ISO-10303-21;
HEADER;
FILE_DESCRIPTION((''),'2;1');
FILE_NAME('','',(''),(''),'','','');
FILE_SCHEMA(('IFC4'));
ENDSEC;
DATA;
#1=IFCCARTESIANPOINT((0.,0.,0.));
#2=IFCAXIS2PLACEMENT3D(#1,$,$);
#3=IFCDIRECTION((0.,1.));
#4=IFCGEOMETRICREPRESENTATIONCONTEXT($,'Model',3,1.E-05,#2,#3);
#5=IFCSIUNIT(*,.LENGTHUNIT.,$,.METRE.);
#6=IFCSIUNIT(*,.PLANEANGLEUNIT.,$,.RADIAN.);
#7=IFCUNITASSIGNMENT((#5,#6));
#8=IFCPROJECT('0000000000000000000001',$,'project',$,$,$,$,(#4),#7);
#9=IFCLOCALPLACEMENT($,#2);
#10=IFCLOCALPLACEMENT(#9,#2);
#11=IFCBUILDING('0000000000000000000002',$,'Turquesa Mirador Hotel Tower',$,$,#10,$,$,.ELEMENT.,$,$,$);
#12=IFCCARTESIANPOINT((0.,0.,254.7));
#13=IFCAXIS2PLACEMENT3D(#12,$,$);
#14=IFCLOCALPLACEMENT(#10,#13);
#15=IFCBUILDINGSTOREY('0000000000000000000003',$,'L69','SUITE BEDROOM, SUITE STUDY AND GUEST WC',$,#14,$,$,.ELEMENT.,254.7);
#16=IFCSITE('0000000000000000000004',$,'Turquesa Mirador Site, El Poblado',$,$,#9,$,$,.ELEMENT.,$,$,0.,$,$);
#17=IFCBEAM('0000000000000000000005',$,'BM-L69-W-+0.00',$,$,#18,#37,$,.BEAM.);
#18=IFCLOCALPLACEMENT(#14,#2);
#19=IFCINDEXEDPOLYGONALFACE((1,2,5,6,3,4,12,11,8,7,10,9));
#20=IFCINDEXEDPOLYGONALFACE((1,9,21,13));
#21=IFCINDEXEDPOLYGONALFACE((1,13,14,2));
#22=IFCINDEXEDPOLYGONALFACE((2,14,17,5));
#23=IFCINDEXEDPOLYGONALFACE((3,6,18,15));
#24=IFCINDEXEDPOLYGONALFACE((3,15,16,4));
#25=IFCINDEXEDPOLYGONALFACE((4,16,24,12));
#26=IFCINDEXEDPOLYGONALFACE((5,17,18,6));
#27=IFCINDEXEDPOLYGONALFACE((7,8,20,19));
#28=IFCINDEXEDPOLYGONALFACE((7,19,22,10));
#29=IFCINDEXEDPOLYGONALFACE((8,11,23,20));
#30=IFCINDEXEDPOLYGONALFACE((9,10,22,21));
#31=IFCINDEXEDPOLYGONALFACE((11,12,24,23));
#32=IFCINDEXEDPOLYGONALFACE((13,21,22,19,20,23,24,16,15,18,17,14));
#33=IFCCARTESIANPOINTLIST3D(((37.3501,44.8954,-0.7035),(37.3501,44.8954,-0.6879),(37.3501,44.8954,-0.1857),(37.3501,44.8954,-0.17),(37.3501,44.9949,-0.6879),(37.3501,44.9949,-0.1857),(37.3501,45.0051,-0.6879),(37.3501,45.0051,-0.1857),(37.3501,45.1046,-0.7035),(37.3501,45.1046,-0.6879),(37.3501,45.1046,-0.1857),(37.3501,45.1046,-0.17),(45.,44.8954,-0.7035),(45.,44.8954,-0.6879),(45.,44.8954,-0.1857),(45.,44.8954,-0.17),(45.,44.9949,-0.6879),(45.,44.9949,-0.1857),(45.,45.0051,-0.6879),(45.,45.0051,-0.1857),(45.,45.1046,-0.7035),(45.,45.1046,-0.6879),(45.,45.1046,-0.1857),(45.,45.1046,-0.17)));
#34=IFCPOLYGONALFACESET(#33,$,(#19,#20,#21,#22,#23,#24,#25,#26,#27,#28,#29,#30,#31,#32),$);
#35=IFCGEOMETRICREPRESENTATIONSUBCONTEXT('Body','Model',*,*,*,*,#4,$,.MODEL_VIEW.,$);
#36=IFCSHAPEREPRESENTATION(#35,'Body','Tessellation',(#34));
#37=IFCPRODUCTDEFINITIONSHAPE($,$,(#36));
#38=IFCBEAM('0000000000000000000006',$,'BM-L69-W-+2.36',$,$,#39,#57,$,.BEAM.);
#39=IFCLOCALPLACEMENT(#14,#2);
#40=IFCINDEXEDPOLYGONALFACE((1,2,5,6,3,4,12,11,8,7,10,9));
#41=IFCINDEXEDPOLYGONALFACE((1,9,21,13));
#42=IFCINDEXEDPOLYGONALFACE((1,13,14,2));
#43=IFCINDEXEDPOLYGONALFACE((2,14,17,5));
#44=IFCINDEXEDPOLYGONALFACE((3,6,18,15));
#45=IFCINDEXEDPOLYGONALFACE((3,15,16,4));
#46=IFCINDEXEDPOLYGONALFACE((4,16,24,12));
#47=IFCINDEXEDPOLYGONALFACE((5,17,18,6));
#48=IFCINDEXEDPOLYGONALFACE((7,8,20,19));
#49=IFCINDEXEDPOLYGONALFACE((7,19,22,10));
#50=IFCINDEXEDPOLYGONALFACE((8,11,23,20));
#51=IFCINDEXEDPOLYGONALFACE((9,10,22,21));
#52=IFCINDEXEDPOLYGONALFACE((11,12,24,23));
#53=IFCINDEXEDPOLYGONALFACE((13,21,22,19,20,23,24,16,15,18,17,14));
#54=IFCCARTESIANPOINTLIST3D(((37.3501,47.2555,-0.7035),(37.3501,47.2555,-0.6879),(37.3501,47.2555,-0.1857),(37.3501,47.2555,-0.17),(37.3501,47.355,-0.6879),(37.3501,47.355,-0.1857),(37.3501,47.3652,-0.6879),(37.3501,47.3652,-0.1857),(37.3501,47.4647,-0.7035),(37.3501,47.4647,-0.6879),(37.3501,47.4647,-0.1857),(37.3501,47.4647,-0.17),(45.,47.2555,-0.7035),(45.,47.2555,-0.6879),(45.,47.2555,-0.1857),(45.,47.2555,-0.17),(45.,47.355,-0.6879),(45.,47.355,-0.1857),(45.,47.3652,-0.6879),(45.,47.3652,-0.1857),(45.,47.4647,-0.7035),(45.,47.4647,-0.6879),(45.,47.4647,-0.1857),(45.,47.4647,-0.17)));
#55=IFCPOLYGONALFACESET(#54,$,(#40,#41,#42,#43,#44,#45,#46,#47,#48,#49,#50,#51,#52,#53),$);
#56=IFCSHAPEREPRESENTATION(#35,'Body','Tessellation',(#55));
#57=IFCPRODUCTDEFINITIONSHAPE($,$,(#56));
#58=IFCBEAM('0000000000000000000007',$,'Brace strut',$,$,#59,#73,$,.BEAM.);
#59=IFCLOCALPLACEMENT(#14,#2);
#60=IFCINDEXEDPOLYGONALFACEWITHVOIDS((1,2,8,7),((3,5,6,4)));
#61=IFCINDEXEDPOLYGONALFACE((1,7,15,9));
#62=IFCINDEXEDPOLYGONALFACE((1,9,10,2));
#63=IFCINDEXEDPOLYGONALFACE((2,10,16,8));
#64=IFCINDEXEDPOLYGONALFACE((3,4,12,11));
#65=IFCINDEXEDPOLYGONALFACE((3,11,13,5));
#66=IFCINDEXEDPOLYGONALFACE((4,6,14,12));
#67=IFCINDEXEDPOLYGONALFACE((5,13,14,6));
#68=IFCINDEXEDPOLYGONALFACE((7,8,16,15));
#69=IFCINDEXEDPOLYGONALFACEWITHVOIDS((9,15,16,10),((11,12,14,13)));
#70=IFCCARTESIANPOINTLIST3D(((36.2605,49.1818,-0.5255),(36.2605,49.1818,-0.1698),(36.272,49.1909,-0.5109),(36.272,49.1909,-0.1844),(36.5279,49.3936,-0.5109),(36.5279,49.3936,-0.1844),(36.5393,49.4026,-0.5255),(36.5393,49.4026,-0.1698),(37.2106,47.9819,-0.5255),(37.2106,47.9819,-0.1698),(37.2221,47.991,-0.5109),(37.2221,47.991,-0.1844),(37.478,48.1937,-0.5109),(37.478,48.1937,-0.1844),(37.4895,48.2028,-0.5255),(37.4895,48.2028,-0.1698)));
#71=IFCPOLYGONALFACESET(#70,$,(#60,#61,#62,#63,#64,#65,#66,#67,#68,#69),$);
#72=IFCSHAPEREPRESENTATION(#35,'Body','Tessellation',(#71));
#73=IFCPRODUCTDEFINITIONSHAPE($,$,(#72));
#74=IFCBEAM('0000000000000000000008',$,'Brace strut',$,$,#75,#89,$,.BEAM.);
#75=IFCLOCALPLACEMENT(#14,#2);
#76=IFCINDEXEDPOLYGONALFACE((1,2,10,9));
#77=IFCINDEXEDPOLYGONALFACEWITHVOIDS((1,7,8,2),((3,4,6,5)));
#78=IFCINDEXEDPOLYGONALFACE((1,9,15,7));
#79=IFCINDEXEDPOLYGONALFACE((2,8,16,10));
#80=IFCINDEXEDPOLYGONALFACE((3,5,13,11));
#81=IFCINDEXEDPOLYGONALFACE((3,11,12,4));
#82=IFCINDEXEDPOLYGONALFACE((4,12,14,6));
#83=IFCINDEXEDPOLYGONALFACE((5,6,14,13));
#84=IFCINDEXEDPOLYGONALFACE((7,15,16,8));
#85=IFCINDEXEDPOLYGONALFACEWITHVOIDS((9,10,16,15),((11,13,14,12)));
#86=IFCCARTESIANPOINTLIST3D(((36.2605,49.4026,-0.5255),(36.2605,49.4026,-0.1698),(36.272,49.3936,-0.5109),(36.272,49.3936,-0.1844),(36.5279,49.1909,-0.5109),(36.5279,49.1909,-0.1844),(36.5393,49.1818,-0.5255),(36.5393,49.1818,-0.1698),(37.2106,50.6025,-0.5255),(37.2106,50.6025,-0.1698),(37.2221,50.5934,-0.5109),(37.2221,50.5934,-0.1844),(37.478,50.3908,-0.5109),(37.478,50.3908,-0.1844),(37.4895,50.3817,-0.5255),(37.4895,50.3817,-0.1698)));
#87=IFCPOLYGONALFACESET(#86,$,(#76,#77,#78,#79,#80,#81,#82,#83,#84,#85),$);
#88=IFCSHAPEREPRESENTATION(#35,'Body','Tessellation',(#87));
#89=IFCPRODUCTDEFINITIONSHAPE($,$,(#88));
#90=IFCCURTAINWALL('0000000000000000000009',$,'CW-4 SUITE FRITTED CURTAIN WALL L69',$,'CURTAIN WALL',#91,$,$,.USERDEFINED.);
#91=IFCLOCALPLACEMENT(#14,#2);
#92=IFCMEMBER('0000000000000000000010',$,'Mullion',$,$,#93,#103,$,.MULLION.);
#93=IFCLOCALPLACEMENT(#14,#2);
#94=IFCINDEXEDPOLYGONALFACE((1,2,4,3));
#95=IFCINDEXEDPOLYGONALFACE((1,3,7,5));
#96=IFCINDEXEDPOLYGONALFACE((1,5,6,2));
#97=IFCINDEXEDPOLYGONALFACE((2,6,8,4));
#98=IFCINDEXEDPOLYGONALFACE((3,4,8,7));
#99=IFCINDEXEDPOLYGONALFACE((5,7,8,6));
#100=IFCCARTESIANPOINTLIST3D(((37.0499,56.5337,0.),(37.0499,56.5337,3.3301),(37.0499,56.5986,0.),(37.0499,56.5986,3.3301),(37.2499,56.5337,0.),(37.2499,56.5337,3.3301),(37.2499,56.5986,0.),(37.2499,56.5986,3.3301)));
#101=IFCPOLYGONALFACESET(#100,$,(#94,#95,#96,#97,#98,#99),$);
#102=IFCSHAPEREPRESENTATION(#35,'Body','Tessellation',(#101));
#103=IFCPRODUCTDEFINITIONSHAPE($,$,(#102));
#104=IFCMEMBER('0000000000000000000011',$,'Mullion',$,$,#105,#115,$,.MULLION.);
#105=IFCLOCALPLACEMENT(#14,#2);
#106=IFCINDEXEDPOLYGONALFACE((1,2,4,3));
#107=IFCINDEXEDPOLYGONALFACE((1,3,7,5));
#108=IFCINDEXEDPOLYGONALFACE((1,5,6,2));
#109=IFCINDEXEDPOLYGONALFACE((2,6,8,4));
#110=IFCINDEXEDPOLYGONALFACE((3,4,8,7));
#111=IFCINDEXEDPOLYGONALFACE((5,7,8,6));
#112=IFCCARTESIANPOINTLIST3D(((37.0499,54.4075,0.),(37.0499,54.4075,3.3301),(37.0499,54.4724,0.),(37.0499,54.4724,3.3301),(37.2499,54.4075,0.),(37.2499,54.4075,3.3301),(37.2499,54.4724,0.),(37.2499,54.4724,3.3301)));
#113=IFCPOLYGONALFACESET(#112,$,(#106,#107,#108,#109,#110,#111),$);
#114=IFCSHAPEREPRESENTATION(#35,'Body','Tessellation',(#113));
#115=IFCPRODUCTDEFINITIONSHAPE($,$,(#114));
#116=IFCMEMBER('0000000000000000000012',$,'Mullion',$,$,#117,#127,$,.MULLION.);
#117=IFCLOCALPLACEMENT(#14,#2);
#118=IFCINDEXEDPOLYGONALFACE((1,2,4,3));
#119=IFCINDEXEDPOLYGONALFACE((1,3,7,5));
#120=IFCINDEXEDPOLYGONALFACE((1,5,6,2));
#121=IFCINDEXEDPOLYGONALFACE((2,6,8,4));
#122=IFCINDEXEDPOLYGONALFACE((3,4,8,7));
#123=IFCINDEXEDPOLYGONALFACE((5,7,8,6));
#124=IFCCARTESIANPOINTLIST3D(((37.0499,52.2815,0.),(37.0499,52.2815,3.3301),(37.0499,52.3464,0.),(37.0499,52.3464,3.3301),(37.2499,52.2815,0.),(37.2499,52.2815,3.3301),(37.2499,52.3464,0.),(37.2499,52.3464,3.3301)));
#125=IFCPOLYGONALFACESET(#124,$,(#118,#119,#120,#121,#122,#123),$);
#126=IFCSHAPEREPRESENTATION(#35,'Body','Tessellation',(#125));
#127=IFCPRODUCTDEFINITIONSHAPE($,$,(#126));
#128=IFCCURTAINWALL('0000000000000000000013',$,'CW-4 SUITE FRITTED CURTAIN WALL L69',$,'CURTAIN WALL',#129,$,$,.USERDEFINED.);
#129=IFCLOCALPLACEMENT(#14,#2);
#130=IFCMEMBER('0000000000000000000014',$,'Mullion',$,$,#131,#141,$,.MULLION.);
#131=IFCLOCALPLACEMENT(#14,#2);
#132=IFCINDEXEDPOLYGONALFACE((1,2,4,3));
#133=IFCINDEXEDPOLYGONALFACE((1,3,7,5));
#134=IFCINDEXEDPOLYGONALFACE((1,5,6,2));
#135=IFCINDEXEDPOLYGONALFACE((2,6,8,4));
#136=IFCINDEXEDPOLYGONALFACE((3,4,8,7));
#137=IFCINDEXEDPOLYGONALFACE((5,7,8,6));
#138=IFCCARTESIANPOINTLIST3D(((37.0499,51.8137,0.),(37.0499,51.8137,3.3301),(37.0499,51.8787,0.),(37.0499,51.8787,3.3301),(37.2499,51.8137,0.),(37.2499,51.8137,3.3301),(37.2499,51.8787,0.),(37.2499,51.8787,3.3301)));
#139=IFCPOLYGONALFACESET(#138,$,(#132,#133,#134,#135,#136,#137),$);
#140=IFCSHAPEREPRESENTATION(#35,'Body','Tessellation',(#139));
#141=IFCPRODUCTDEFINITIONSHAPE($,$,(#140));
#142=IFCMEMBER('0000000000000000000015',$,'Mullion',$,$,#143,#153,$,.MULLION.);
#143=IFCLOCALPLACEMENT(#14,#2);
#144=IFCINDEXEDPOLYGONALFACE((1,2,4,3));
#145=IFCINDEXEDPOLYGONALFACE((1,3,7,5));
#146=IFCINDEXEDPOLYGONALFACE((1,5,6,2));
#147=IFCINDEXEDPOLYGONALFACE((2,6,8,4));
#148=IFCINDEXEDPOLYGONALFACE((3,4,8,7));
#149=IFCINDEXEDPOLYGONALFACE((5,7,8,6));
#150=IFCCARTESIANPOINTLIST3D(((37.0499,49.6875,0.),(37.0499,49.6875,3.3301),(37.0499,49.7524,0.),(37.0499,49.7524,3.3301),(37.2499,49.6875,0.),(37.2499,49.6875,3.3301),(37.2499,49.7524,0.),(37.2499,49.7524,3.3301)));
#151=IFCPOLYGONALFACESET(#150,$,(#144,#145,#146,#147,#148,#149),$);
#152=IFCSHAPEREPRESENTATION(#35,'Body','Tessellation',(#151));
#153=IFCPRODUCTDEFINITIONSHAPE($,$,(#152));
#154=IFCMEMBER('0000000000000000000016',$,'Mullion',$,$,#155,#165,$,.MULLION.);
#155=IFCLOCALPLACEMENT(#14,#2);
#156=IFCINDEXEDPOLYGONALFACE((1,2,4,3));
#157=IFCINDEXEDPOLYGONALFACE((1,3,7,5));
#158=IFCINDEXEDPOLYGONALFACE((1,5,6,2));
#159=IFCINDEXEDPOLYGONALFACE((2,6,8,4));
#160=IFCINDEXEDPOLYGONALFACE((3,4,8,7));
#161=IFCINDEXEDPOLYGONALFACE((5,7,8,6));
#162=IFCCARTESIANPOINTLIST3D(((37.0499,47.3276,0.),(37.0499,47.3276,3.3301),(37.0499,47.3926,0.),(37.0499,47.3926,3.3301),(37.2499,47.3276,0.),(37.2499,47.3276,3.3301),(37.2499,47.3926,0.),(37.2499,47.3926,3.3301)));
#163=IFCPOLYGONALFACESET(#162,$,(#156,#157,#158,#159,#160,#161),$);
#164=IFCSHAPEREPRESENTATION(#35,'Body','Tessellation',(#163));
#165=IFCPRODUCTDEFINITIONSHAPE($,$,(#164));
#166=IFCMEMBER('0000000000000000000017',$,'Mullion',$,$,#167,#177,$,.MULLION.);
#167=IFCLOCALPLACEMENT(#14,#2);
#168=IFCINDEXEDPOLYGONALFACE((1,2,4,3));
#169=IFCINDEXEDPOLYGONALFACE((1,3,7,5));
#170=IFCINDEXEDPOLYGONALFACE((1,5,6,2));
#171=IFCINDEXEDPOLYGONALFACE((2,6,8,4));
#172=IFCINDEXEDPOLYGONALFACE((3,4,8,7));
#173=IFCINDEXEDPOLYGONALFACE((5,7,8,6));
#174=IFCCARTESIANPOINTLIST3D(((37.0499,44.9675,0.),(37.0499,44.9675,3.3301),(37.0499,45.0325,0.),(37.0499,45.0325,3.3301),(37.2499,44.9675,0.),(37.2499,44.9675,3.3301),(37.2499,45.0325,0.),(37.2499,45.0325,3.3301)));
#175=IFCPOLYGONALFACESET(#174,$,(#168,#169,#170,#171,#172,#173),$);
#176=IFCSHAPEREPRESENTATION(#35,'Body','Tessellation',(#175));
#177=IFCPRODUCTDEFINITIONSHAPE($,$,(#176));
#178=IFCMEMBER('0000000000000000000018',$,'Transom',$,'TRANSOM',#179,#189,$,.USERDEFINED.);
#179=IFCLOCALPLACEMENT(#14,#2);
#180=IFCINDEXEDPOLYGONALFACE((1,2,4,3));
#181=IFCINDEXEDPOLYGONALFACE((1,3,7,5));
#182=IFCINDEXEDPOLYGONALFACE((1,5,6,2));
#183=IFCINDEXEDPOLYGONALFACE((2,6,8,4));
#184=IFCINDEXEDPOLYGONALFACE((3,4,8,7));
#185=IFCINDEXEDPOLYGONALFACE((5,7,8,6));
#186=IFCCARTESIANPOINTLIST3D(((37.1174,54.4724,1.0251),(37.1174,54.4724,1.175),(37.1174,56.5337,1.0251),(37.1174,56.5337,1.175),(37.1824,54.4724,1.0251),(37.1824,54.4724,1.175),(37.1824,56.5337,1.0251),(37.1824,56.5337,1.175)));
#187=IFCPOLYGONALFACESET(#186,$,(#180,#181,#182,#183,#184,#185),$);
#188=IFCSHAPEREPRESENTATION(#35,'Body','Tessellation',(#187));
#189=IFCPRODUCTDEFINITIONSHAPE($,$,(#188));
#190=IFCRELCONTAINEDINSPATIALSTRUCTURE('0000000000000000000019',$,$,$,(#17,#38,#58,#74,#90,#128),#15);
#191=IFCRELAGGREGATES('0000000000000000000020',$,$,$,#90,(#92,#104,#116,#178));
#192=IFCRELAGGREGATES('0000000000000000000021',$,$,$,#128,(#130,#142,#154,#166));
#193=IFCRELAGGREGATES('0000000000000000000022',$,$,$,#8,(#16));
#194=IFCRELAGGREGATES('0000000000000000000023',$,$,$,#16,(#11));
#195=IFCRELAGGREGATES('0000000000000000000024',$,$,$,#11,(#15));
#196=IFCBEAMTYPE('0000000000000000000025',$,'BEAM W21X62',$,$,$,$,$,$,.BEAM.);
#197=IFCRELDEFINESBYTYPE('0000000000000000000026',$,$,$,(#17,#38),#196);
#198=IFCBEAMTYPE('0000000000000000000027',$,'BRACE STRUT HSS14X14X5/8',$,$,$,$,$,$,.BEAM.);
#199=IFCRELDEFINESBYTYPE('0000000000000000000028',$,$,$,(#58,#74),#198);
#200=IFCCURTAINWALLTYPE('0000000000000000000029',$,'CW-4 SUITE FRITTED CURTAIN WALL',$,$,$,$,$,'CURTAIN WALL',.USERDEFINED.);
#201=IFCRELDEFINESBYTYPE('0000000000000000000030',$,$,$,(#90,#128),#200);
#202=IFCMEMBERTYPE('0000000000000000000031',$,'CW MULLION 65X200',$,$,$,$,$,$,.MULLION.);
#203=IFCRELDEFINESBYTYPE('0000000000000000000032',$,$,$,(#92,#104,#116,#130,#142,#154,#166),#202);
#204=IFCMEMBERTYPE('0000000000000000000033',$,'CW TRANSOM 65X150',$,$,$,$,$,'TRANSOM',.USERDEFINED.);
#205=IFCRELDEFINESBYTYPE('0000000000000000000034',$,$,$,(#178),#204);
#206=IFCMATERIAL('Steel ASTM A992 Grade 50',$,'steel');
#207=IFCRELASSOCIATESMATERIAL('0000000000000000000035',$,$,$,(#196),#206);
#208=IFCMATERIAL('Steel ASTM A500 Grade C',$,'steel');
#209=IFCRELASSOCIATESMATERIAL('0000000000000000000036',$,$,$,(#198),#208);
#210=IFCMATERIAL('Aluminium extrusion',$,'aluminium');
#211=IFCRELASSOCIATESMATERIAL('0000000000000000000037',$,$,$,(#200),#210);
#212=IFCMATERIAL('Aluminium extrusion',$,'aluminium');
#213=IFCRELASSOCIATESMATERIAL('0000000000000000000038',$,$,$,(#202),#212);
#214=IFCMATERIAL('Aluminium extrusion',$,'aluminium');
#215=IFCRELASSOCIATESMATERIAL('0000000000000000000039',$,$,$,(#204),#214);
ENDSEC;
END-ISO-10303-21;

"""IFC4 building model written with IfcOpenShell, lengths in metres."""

from ifc_helpers import new_model, si_unit, direction, frame, origin, origin_2d, place, context, subcontext, project, spatial, rectangle, hollow_rectangle, i_section, extrude, material, material_profile, profile_set, type_object, element, aggregate, save


model = new_model("IFC4")

# Units and contexts
model_context = context("Model", 3, precision=1e-05, world=origin(), true_north=direction((0.0, 1.0)))
body_context = subcontext(model_context, "Body", "Model", "MODEL_VIEW")
ifc_project = project(units=[si_unit("LENGTHUNIT", "METRE"), si_unit("PLANEANGLEUNIT", "RADIAN")], contexts=[model_context])

# Site, building, storey
site_placement = place(None, origin())
site = spatial("IfcSite", under=ifc_project, at=site_placement, Name="Turquesa Mirador Site, El Poblado", CompositionType="ELEMENT", RefElevation=0.0)
building_placement = place(site_placement, origin())
building = spatial("IfcBuilding", under=site, at=building_placement, Name="Turquesa Mirador Hotel Tower", CompositionType="ELEMENT")
storey_placement = place(building_placement, frame((0.0, 0.0, 254.7)))
storey = spatial("IfcBuildingStorey", under=building, at=storey_placement, Name="L69", Description="SUITE BEDROOM, SUITE STUDY AND GUEST WC", CompositionType="ELEMENT", Elevation=254.7)

# Beams
ifc_material_1 = material(Name="Steel ASTM A992 Grade 50", Category="steel")
ifc_material_profile_1 = material_profile(ifc_material_1, i_section(OverallWidth=0.2092, OverallDepth=0.5334, WebThickness=0.0103, FlangeThickness=0.0156, at=origin_2d()), Name="W21X62")
ifc_profile_set_1 = profile_set([ifc_material_profile_1], Name="Steel ASTM A992 Grade 50")
beam_type_1 = type_object("IfcBeamType", Name="BEAM W21X62", PredefinedType="BEAM", material=ifc_profile_set_1)
for number, where, z_axis, x_axis, name in (
    (1, (37.3501, 45.0, -0.4368), (1.0, 0.0, 0.0), (0.0, 1.0, 0.0), "BM-L69-W-+0.00"),
    (2, (37.3501, 47.3601, -0.4368), (1.0, 0.0, 0.0), (0.0, 1.0, 0.0), "BM-L69-W-+2.36"),
):
    element("IfcBeam", number, at=place(storey_placement, frame(where, z_axis=z_axis, x_axis=x_axis)), inside=storey, type_object=beam_type_1, Name=name, PredefinedType="BEAM", context=body_context, shape_type="SweptSolid", body=[
        extrude(i_section(OverallWidth=0.2092, OverallDepth=0.5334, WebThickness=0.0103, FlangeThickness=0.0156, at=origin_2d()), origin(), (0.0, 0.0, 1.0), 7.6499),
    ])
ifc_material_2 = material(Name="Steel ASTM A500 Grade C", Category="steel")
ifc_material_profile_2 = material_profile(ifc_material_2, hollow_rectangle(XDim=0.3557, YDim=0.3557, WallThickness=0.0146, at=origin_2d()), Name="HSS14X14X5/8")
ifc_profile_set_2 = profile_set([ifc_material_profile_2], Name="Steel ASTM A500 Grade C")
beam_type_2 = type_object("IfcBeamType", Name="BRACE STRUT HSS14X14X5/8", PredefinedType="BEAM", material=ifc_profile_set_2)
for number, where, z_axis, x_axis, name in (
    (3, (36.3999, 49.2922, -0.3477), (0.620797, -0.783971, 0.0), (0.783971, 0.620797, 0.0), "Brace strut"),
    (4, (36.3999, 49.2922, -0.3477), (0.620797, 0.783971, 0.0), (-0.783971, 0.620797, 0.0), "Brace strut"),
):
    element("IfcBeam", number, at=place(storey_placement, frame(where, z_axis=z_axis, x_axis=x_axis)), inside=storey, type_object=beam_type_2, Name=name, PredefinedType="BEAM", context=body_context, shape_type="SweptSolid", body=[
        extrude(hollow_rectangle(XDim=0.3557, YDim=0.3557, WallThickness=0.0146, at=origin_2d()), origin(), (0.0, 0.0, 1.0), 1.5305),
    ])

# Curtain walls, members
ifc_material_3 = material(Name="Aluminium extrusion", Category="aluminium")
curtain_wall_type = type_object("IfcCurtainWallType", Name="CW-4 SUITE FRITTED CURTAIN WALL", ElementType="CURTAIN WALL", PredefinedType="USERDEFINED", material=ifc_material_3)
curtain_wall_1_placement = place(storey_placement, origin())
curtain_wall_1 = element("IfcCurtainWall", 5, at=curtain_wall_1_placement, inside=storey, type_object=curtain_wall_type, Name="CW-4 SUITE FRITTED CURTAIN WALL L69", ObjectType="CURTAIN WALL", PredefinedType="USERDEFINED")
ifc_material_4 = material(Name="Aluminium extrusion", Category="aluminium")
ifc_material_profile_3 = material_profile(ifc_material_4, rectangle(XDim=0.0649, YDim=0.2, at=origin_2d()), Name="MULLION 65X200")
ifc_profile_set_3 = profile_set([ifc_material_profile_3], Name="Aluminium extrusion")
member_type_1 = type_object("IfcMemberType", Name="CW MULLION 65X200", PredefinedType="MULLION", material=ifc_profile_set_3)
member_1_placement = place(storey_placement, frame((37.1499, 56.5662, 0.0), z_axis=(0.0, 0.0, 1.0), x_axis=(0.0, -1.0, 0.0)))
member_1 = element("IfcMember", 6, at=member_1_placement, type_object=member_type_1, Name="Mullion", PredefinedType="MULLION", context=body_context, shape_type="SweptSolid", body=[
    extrude(rectangle(XDim=0.0649, YDim=0.2, at=origin_2d()), origin(), (0.0, 0.0, 1.0), 3.3301),
])
member_2_placement = place(storey_placement, frame((37.1499, 54.4399, 0.0), z_axis=(0.0, 0.0, 1.0), x_axis=(0.0, -1.0, 0.0)))
member_2 = element("IfcMember", 7, at=member_2_placement, type_object=member_type_1, Name="Mullion", PredefinedType="MULLION", context=body_context, shape_type="SweptSolid", body=[
    extrude(rectangle(XDim=0.0649, YDim=0.2, at=origin_2d()), origin(), (0.0, 0.0, 1.0), 3.3301),
])
member_3_placement = place(storey_placement, frame((37.1499, 52.314, 0.0), z_axis=(0.0, 0.0, 1.0), x_axis=(0.0, -1.0, 0.0)))
member_3 = element("IfcMember", 8, at=member_3_placement, type_object=member_type_1, Name="Mullion", PredefinedType="MULLION", context=body_context, shape_type="SweptSolid", body=[
    extrude(rectangle(XDim=0.0649, YDim=0.2, at=origin_2d()), origin(), (0.0, 0.0, 1.0), 3.3301),
])
curtain_wall_2_placement = place(storey_placement, origin())
curtain_wall_2 = element("IfcCurtainWall", 9, at=curtain_wall_2_placement, inside=storey, type_object=curtain_wall_type, Name="CW-4 SUITE FRITTED CURTAIN WALL L69", ObjectType="CURTAIN WALL", PredefinedType="USERDEFINED")
member_4_placement = place(storey_placement, frame((37.1499, 51.8462, 0.0), z_axis=(0.0, 0.0, 1.0), x_axis=(0.0, -1.0, 0.0)))
member_4 = element("IfcMember", 10, at=member_4_placement, type_object=member_type_1, Name="Mullion", PredefinedType="MULLION", context=body_context, shape_type="SweptSolid", body=[
    extrude(rectangle(XDim=0.0649, YDim=0.2, at=origin_2d()), origin(), (0.0, 0.0, 1.0), 3.3301),
])
member_5_placement = place(storey_placement, frame((37.1499, 49.72, 0.0), z_axis=(0.0, 0.0, 1.0), x_axis=(0.0, -1.0, 0.0)))
member_5 = element("IfcMember", 11, at=member_5_placement, type_object=member_type_1, Name="Mullion", PredefinedType="MULLION", context=body_context, shape_type="SweptSolid", body=[
    extrude(rectangle(XDim=0.0649, YDim=0.2, at=origin_2d()), origin(), (0.0, 0.0, 1.0), 3.3301),
])
member_6_placement = place(storey_placement, frame((37.1499, 47.3601, 0.0), z_axis=(0.0, 0.0, 1.0), x_axis=(0.0, -1.0, 0.0)))
member_6 = element("IfcMember", 12, at=member_6_placement, type_object=member_type_1, Name="Mullion", PredefinedType="MULLION", context=body_context, shape_type="SweptSolid", body=[
    extrude(rectangle(XDim=0.0649, YDim=0.2, at=origin_2d()), origin(), (0.0, 0.0, 1.0), 3.3301),
])
member_7_placement = place(storey_placement, frame((37.1499, 45.0, 0.0), z_axis=(0.0, 0.0, 1.0), x_axis=(0.0, -1.0, 0.0)))
member_7 = element("IfcMember", 13, at=member_7_placement, type_object=member_type_1, Name="Mullion", PredefinedType="MULLION", context=body_context, shape_type="SweptSolid", body=[
    extrude(rectangle(XDim=0.0649, YDim=0.2, at=origin_2d()), origin(), (0.0, 0.0, 1.0), 3.3301),
])

# Member
ifc_material_5 = material(Name="Aluminium extrusion", Category="aluminium")
ifc_material_profile_4 = material_profile(ifc_material_5, rectangle(XDim=0.0649, YDim=0.1499, at=origin_2d()), Name="TRANSOM 65X150")
ifc_profile_set_4 = profile_set([ifc_material_profile_4], Name="Aluminium extrusion")
member_type_2 = type_object("IfcMemberType", Name="CW TRANSOM 65X150", ElementType="TRANSOM", PredefinedType="USERDEFINED", material=ifc_profile_set_4)
member_8_placement = place(storey_placement, frame((37.1499, 56.5337, 1.1001), z_axis=(0.0, -1.0, 0.0), x_axis=(1.0, 0.0, 0.0)))
member_8 = element("IfcMember", 14, at=member_8_placement, type_object=member_type_2, Name="Transom", ObjectType="TRANSOM", PredefinedType="USERDEFINED", context=body_context, shape_type="SweptSolid", body=[
    extrude(rectangle(XDim=0.0649, YDim=0.1499, at=origin_2d()), origin(), (0.0, 0.0, 1.0), 2.0613),
])

aggregate(curtain_wall_1, [member_1, member_2, member_3, member_8])
aggregate(curtain_wall_2, [member_4, member_5, member_6, member_7])

save(model, "model.ifc")
